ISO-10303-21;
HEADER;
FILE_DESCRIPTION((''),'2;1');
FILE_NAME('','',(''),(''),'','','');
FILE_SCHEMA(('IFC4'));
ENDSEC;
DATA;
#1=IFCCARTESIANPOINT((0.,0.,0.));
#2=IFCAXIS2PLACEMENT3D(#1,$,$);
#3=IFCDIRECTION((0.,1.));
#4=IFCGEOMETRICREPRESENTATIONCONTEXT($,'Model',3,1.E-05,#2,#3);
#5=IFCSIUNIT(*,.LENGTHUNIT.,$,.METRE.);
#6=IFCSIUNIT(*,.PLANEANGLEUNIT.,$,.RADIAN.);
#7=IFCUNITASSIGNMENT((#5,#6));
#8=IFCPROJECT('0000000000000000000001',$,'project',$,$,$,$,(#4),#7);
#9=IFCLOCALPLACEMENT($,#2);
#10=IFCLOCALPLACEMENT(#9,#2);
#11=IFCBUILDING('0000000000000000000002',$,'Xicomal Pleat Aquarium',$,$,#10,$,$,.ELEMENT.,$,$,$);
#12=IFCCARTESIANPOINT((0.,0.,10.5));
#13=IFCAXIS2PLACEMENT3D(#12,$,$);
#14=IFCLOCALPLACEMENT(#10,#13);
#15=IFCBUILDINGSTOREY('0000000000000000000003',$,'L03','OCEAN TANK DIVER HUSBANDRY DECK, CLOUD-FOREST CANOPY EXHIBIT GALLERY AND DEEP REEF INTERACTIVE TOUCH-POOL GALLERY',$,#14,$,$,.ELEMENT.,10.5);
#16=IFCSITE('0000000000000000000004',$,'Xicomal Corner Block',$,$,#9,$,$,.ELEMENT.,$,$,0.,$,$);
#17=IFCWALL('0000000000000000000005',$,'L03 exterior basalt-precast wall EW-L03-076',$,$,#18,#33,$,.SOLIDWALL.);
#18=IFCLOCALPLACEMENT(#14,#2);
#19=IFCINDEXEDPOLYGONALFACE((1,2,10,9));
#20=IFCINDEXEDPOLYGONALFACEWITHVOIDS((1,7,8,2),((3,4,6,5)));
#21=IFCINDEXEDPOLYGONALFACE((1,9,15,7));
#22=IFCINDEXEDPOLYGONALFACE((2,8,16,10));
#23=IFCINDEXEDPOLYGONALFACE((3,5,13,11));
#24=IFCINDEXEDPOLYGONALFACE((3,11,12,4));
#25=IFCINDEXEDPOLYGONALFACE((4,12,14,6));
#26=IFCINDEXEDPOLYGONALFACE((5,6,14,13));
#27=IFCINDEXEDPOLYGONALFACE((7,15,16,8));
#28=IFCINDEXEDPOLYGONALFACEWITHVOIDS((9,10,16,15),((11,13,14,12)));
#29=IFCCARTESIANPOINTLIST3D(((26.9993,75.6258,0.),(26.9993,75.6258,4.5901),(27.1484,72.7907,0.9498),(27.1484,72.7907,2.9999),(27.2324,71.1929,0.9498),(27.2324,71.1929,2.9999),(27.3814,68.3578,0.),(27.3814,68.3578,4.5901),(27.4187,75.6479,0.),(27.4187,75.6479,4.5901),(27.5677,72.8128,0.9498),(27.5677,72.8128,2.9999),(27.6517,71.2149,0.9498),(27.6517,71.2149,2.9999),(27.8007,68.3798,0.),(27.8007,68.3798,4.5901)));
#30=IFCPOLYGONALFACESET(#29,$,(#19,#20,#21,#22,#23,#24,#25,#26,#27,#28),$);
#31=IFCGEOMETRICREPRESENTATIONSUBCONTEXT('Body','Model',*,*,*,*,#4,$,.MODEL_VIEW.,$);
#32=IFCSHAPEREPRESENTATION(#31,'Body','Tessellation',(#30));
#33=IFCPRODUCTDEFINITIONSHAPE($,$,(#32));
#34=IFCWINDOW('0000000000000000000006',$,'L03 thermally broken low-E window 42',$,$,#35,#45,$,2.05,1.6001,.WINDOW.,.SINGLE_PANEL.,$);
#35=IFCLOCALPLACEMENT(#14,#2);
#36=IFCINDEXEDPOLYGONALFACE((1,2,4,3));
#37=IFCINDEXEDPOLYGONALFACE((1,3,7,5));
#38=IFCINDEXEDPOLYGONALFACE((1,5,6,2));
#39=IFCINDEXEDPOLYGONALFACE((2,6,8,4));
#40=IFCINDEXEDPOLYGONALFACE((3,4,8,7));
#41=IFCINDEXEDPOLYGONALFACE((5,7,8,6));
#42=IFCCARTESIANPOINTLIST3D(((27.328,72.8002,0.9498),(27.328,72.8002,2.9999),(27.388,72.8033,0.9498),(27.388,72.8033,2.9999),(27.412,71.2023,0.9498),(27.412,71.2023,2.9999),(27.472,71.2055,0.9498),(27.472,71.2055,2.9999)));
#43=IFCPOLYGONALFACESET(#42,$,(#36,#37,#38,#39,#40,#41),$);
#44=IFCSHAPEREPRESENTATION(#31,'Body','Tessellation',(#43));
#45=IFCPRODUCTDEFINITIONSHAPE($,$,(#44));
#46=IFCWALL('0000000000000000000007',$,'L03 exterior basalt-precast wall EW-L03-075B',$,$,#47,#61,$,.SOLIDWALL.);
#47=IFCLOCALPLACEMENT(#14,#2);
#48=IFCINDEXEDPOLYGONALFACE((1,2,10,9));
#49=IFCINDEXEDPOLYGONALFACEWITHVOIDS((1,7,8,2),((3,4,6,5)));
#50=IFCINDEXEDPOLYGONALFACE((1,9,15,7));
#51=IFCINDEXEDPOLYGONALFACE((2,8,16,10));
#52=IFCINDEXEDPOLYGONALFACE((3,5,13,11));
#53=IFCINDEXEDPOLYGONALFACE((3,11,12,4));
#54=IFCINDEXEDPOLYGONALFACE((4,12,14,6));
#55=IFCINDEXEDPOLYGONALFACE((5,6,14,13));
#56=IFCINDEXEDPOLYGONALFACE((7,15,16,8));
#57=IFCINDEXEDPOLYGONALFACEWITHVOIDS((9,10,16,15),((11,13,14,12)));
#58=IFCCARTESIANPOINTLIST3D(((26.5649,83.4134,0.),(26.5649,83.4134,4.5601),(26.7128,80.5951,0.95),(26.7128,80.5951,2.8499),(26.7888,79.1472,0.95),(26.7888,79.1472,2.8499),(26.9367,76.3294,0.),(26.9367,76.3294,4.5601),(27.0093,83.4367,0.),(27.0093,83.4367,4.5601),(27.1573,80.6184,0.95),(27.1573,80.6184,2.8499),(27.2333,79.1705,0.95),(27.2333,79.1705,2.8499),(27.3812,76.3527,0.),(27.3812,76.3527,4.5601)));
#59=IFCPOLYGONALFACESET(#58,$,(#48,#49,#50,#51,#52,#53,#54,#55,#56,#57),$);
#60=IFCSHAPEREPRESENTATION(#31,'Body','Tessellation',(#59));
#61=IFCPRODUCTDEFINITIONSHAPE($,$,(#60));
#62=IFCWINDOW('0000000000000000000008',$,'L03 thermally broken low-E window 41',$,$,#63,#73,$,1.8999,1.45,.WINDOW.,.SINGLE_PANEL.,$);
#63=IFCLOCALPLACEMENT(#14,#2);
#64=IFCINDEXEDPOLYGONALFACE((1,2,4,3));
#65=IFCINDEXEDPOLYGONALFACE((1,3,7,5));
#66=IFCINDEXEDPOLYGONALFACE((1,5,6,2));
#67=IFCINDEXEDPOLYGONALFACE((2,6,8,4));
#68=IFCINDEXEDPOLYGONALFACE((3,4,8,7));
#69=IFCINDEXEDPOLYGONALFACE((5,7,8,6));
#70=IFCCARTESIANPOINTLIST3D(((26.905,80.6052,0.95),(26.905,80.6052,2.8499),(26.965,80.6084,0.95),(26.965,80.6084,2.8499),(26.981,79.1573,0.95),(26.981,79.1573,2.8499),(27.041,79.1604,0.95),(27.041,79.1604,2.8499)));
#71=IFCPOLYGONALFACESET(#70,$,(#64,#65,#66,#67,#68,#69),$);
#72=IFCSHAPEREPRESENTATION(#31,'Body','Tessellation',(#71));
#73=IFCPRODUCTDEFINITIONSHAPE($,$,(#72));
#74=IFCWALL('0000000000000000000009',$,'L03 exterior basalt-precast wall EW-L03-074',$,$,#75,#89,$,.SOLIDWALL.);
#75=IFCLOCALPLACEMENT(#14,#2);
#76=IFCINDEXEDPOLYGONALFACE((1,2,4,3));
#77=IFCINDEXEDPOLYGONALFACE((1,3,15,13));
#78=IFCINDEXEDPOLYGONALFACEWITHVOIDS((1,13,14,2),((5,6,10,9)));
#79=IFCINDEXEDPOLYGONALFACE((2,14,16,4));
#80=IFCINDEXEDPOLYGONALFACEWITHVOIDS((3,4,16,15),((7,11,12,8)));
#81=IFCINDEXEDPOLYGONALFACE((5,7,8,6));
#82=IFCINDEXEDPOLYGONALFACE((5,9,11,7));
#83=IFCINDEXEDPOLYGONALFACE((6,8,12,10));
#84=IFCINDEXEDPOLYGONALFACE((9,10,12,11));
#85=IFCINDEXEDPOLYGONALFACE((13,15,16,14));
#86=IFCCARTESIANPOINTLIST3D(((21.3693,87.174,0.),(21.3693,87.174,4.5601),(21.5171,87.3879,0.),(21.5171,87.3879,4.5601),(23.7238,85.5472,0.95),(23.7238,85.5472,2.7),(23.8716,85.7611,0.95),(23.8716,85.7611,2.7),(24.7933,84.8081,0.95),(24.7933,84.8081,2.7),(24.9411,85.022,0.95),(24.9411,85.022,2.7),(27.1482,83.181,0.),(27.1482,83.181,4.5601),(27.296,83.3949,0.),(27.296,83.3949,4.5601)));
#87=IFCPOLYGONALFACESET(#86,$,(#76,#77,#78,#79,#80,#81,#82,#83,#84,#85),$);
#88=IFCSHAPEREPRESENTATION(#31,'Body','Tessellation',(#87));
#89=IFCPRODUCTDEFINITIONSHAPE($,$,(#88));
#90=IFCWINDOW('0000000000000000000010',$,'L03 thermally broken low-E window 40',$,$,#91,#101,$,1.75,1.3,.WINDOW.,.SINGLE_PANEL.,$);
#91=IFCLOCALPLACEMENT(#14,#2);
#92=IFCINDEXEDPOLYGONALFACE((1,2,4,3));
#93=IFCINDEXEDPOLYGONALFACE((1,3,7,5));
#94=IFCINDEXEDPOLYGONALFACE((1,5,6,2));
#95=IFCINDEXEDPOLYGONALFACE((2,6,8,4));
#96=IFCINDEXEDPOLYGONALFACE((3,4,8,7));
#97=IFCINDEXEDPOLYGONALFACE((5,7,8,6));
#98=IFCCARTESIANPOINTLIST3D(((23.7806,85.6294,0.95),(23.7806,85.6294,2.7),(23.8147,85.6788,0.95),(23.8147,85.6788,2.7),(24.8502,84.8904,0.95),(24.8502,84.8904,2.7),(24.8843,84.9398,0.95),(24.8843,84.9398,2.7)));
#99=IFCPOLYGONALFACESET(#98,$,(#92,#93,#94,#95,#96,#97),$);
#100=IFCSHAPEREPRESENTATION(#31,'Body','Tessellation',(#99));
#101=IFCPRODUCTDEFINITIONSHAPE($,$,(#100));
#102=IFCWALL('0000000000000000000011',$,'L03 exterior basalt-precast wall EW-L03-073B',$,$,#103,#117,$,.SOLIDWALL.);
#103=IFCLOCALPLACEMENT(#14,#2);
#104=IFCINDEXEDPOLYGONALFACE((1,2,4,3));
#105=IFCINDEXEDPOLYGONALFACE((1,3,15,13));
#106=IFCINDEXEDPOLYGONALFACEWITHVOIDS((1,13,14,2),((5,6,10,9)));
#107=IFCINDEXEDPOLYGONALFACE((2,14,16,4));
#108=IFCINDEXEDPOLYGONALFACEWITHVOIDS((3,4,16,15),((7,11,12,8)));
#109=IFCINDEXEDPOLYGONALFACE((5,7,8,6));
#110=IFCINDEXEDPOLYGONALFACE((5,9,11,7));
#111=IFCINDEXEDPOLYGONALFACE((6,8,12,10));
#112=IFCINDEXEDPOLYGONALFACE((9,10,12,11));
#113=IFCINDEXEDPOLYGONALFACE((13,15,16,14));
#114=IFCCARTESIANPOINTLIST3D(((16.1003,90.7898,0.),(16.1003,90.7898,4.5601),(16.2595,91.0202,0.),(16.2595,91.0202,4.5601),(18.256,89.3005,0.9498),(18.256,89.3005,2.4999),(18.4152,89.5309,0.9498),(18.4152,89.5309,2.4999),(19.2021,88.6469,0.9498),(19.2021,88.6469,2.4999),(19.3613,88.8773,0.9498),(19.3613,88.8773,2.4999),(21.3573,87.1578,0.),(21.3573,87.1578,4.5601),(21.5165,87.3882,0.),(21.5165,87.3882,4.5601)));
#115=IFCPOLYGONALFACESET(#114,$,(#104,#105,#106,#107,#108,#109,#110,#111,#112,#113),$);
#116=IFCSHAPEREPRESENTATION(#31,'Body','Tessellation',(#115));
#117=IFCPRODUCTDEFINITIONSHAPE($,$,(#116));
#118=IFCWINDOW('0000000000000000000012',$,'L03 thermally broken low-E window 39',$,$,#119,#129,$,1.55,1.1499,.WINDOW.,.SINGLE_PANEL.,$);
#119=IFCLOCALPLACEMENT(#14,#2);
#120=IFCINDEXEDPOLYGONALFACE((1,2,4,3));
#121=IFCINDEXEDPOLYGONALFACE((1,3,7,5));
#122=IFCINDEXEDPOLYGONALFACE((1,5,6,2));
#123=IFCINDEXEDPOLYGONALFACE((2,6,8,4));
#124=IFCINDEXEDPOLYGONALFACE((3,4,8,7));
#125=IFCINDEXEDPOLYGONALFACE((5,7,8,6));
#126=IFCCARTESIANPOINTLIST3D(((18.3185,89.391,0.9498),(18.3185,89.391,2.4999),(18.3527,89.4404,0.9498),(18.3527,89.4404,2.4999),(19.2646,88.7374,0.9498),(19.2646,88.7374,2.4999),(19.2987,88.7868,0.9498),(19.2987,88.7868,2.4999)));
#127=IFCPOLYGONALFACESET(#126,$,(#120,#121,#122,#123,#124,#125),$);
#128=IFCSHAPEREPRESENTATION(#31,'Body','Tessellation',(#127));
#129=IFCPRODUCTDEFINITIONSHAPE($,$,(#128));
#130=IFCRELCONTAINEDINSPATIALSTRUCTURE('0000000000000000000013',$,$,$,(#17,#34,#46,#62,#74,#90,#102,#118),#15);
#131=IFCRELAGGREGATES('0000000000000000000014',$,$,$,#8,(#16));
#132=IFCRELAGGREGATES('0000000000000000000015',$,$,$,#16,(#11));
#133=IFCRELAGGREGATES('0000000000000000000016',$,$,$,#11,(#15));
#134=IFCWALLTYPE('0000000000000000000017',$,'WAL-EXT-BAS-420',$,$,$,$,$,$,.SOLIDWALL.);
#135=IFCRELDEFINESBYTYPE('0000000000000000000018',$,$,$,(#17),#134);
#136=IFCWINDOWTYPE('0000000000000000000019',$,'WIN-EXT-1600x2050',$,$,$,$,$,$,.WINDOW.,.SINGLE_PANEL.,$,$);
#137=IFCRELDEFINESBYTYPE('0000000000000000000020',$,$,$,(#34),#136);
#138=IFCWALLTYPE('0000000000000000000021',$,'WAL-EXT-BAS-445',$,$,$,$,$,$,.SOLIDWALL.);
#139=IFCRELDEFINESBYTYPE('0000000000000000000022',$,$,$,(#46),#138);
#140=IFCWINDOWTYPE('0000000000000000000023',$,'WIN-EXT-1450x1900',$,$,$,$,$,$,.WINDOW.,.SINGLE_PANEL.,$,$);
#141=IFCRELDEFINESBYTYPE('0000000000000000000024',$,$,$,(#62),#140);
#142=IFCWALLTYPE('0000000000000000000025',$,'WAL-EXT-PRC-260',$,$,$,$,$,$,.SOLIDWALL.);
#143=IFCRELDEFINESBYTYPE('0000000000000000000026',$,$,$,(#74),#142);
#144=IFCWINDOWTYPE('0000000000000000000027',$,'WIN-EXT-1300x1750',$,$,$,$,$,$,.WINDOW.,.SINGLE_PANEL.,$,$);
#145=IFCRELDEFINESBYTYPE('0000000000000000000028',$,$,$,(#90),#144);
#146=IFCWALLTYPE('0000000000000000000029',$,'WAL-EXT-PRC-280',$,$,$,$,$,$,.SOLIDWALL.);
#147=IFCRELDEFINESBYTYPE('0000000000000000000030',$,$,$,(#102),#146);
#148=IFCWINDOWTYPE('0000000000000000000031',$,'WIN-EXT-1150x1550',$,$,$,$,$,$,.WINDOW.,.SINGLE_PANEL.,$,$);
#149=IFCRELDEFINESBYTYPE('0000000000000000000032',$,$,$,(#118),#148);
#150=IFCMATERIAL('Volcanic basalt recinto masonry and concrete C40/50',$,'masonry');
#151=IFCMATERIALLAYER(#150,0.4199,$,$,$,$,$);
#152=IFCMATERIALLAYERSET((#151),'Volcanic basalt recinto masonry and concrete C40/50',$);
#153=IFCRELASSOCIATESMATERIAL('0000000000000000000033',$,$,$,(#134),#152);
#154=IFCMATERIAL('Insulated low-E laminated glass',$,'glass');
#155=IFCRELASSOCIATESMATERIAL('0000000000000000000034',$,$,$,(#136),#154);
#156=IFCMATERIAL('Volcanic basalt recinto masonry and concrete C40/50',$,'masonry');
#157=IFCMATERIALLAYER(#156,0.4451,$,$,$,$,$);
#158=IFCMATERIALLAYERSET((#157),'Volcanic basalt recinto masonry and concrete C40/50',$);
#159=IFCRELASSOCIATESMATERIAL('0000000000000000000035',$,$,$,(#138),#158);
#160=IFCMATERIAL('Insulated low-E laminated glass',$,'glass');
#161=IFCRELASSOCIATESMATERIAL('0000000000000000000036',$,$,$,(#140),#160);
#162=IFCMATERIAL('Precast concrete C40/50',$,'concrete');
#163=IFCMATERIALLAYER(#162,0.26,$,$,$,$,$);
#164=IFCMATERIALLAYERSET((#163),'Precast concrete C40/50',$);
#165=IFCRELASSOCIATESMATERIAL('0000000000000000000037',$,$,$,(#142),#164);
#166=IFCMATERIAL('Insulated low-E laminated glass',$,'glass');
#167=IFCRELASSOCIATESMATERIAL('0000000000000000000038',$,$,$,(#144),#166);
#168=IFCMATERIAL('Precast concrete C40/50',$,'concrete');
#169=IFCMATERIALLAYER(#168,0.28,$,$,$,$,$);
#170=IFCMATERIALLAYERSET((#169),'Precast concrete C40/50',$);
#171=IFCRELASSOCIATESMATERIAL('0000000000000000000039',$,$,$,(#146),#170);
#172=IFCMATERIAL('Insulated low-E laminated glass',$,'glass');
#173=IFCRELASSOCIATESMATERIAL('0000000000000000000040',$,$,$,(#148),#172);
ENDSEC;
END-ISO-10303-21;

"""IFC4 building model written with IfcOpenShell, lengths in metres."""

from ifc_helpers import new_model, si_unit, direction, frame, frame_2d, origin, place, context, subcontext, project, spatial, rectangle, extrude, material, layer, layer_set, type_object, element, fill, save


model = new_model("IFC4")

# Units and contexts
model_context = context("Model", 3, precision=1e-05, world=origin(), true_north=direction((0.0, 1.0)))
body_context = subcontext(model_context, "Body", "Model", "MODEL_VIEW")
ifc_project = project(units=[si_unit("LENGTHUNIT", "METRE"), si_unit("PLANEANGLEUNIT", "RADIAN")], contexts=[model_context])

# Site, building, storey
site_placement = place(None, origin())
site = spatial("IfcSite", under=ifc_project, at=site_placement, Name="Xicomal Corner Block", CompositionType="ELEMENT", RefElevation=0.0)
building_placement = place(site_placement, origin())
building = spatial("IfcBuilding", under=site, at=building_placement, Name="Xicomal Pleat Aquarium", CompositionType="ELEMENT")
storey_placement = place(building_placement, frame((0.0, 0.0, 10.5)))
storey = spatial("IfcBuildingStorey", under=building, at=storey_placement, Name="L03", Description="OCEAN TANK DIVER HUSBANDRY DECK, CLOUD-FOREST CANOPY EXHIBIT GALLERY AND DEEP REEF INTERACTIVE TOUCH-POOL GALLERY", CompositionType="ELEMENT", Elevation=10.5)

# Walls, openings, windows
ifc_material_1 = material(Name="Volcanic basalt recinto masonry and concrete C40/50", Category="masonry")
ifc_layer_1 = layer(ifc_material_1, 0.4199)
ifc_layer_set_1 = layer_set([ifc_layer_1], Name="Volcanic basalt recinto masonry and concrete C40/50")
wall_type_1 = type_object("IfcWallType", Name="WAL-EXT-BAS-420", PredefinedType="SOLIDWALL", material=ifc_layer_set_1)
wall_1_placement = place(storey_placement, frame((27.209, 75.637, 0.0), z_axis=(0.0, 0.0, 1.0), x_axis=(0.052497, -0.998621, 0.0)))
wall_1 = element("IfcWall", 1, at=wall_1_placement, inside=storey, type_object=wall_type_1, Name="L03 exterior basalt-precast wall EW-L03-076", PredefinedType="SOLIDWALL", context=body_context, shape_type="SweptSolid", body=[
    extrude(rectangle(XDim=7.2781, YDim=0.4199, at=frame_2d((3.6392, 0.0))), origin(), (0.0, 0.0, 1.0), 4.5901),
])
opening_1_placement = place(wall_1_placement, frame((2.8391, 0.0, 0.95)))
opening_1 = element("IfcOpeningElement", 2, at=opening_1_placement, cuts=wall_1, PredefinedType="OPENING", context=body_context, shape_type="SweptSolid", body=[
    extrude(rectangle(XDim=1.6001, YDim=2.05, at=frame_2d((0.8, 1.0249))), frame((0.0, 0.22, 0.0), z_axis=(0.0, -1.0, 0.0), x_axis=(1.0, 0.0, 0.0)), (0.0, 0.0, 1.0), 0.4399),
])
ifc_material_2 = material(Name="Insulated low-E laminated glass", Category="glass")
window_type_1 = type_object("IfcWindowType", Name="WIN-EXT-1600x2050", PartitioningType="SINGLE_PANEL", PredefinedType="WINDOW", material=ifc_material_2)
window_1_placement = place(opening_1_placement, origin())
window_1 = element("IfcWindow", 3, at=window_1_placement, inside=storey, type_object=window_type_1, Name="L03 thermally broken low-E window 42", OverallHeight=2.05, OverallWidth=1.6001, PartitioningType="SINGLE_PANEL", PredefinedType="WINDOW", context=body_context, shape_type="SweptSolid", body=[
    extrude(rectangle(XDim=1.6001, YDim=2.05, at=frame_2d((0.8, 1.0249))), frame((0.0, 0.03, 0.0), z_axis=(0.0, -1.0, 0.0), x_axis=(1.0, 0.0, 0.0)), (0.0, 0.0, 1.0), 0.0601),
])
fill(opening_1, window_1)
ifc_material_3 = material(Name="Volcanic basalt recinto masonry and concrete C40/50", Category="masonry")
ifc_layer_2 = layer(ifc_material_3, 0.4451)
ifc_layer_set_2 = layer_set([ifc_layer_2], Name="Volcanic basalt recinto masonry and concrete C40/50")
wall_type_2 = type_object("IfcWallType", Name="WAL-EXT-BAS-445", PredefinedType="SOLIDWALL", material=ifc_layer_set_2)
wall_2_placement = place(storey_placement, frame((26.7871, 83.425, 0.0), z_axis=(0.0, 0.0, 1.0), x_axis=(0.052416, -0.998625, 0.0)))
wall_2 = element("IfcWall", 4, at=wall_2_placement, inside=storey, type_object=wall_type_2, Name="L03 exterior basalt-precast wall EW-L03-075B", PredefinedType="SOLIDWALL", context=body_context, shape_type="SweptSolid", body=[
    extrude(rectangle(XDim=7.0938, YDim=0.4451, at=frame_2d((3.5469, 0.0))), origin(), (0.0, 0.0, 1.0), 4.5601),
])
opening_2_placement = place(wall_2_placement, frame((2.822, 0.0, 0.95)))
opening_2 = element("IfcOpeningElement", 5, at=opening_2_placement, cuts=wall_2, PredefinedType="OPENING", context=body_context, shape_type="SweptSolid", body=[
    extrude(rectangle(XDim=1.45, YDim=1.8999, at=frame_2d((0.7251, 0.95))), frame((0.0, 0.2324, 0.0), z_axis=(0.0, -1.0, 0.0), x_axis=(1.0, 0.0, 0.0)), (0.0, 0.0, 1.0), 0.4651),
])
ifc_material_4 = material(Name="Insulated low-E laminated glass", Category="glass")
window_type_2 = type_object("IfcWindowType", Name="WIN-EXT-1450x1900", PartitioningType="SINGLE_PANEL", PredefinedType="WINDOW", material=ifc_material_4)
window_2_placement = place(opening_2_placement, origin())
window_2 = element("IfcWindow", 6, at=window_2_placement, inside=storey, type_object=window_type_2, Name="L03 thermally broken low-E window 41", OverallHeight=1.8999, OverallWidth=1.45, PartitioningType="SINGLE_PANEL", PredefinedType="WINDOW", context=body_context, shape_type="SweptSolid", body=[
    extrude(rectangle(XDim=1.45, YDim=1.8999, at=frame_2d((0.7251, 0.95))), frame((0.0, 0.03, 0.0), z_axis=(0.0, -1.0, 0.0), x_axis=(1.0, 0.0, 0.0)), (0.0, 0.0, 1.0), 0.0601),
])
fill(opening_2, window_2)
ifc_material_5 = material(Name="Precast concrete C40/50", Category="concrete")
ifc_layer_3 = layer(ifc_material_5, 0.26)
ifc_layer_set_3 = layer_set([ifc_layer_3], Name="Precast concrete C40/50")
wall_type_3 = type_object("IfcWallType", Name="WAL-EXT-PRC-260", PredefinedType="SOLIDWALL", material=ifc_layer_set_3)
wall_3_placement = place(storey_placement, frame((21.4431, 87.281, 0.0), z_axis=(0.0, 0.0, 1.0), x_axis=(0.822711, -0.56846, 0.0)))
wall_3 = element("IfcWall", 7, at=wall_3_placement, inside=storey, type_object=wall_type_3, Name="L03 exterior basalt-precast wall EW-L03-074", PredefinedType="SOLIDWALL", context=body_context, shape_type="SweptSolid", body=[
    extrude(rectangle(XDim=7.0242, YDim=0.26, at=frame_2d((3.5122, 0.0))), origin(), (0.0, 0.0, 1.0), 4.5601),
])
opening_3_placement = place(wall_3_placement, frame((2.8621, 0.0, 0.95)))
opening_3 = element("IfcOpeningElement", 8, at=opening_3_placement, cuts=wall_3, PredefinedType="OPENING", context=body_context, shape_type="SweptSolid", body=[
    extrude(rectangle(XDim=1.3, YDim=1.75, at=frame_2d((0.6499, 0.875))), frame((0.0, 0.1399, 0.0), z_axis=(0.0, -1.0, 0.0), x_axis=(1.0, 0.0, 0.0)), (0.0, 0.0, 1.0), 0.28),
])
ifc_material_6 = material(Name="Insulated low-E laminated glass", Category="glass")
window_type_3 = type_object("IfcWindowType", Name="WIN-EXT-1300x1750", PartitioningType="SINGLE_PANEL", PredefinedType="WINDOW", material=ifc_material_6)
window_3_placement = place(opening_3_placement, origin())
window_3 = element("IfcWindow", 9, at=window_3_placement, inside=storey, type_object=window_type_3, Name="L03 thermally broken low-E window 40", OverallHeight=1.75, OverallWidth=1.3, PartitioningType="SINGLE_PANEL", PredefinedType="WINDOW", context=body_context, shape_type="SweptSolid", body=[
    extrude(rectangle(XDim=1.3, YDim=1.75, at=frame_2d((0.6499, 0.875))), frame((0.0, 0.03, 0.0), z_axis=(0.0, -1.0, 0.0), x_axis=(1.0, 0.0, 0.0)), (0.0, 0.0, 1.0), 0.0601),
])
fill(opening_3, window_3)
ifc_material_7 = material(Name="Precast concrete C40/50", Category="concrete")
ifc_layer_4 = layer(ifc_material_7, 0.28)
ifc_layer_set_4 = layer_set([ifc_layer_4], Name="Precast concrete C40/50")
wall_type_4 = type_object("IfcWallType", Name="WAL-EXT-PRC-280", PredefinedType="SOLIDWALL", material=ifc_layer_set_4)
wall_4_placement = place(storey_placement, frame((16.1799, 90.905, 0.0), z_axis=(0.0, 0.0, 1.0), x_axis=(0.822737, -0.568423, 0.0)))
wall_4 = element("IfcWall", 10, at=wall_4_placement, inside=storey, type_object=wall_type_4, Name="L03 exterior basalt-precast wall EW-L03-073B", PredefinedType="SOLIDWALL", context=body_context, shape_type="SweptSolid", body=[
    extrude(rectangle(XDim=6.3896, YDim=0.28, at=frame_2d((3.1948, 0.0))), origin(), (0.0, 0.0, 1.0), 4.5601),
])
opening_4_placement = place(wall_4_placement, frame((2.6201, 0.0, 0.95)))
opening_4 = element("IfcOpeningElement", 11, at=opening_4_placement, cuts=wall_4, PredefinedType="OPENING", context=body_context, shape_type="SweptSolid", body=[
    extrude(rectangle(XDim=1.1499, YDim=1.55, at=frame_2d((0.575, 0.7749))), frame((0.0, 0.1499, 0.0), z_axis=(0.0, -1.0, 0.0), x_axis=(1.0, 0.0, 0.0)), (0.0, 0.0, 1.0), 0.3),
])
ifc_material_8 = material(Name="Insulated low-E laminated glass", Category="glass")
window_type_4 = type_object("IfcWindowType", Name="WIN-EXT-1150x1550", PartitioningType="SINGLE_PANEL", PredefinedType="WINDOW", material=ifc_material_8)
window_4_placement = place(opening_4_placement, origin())
window_4 = element("IfcWindow", 12, at=window_4_placement, inside=storey, type_object=window_type_4, Name="L03 thermally broken low-E window 39", OverallHeight=1.55, OverallWidth=1.1499, PartitioningType="SINGLE_PANEL", PredefinedType="WINDOW", context=body_context, shape_type="SweptSolid", body=[
    extrude(rectangle(XDim=1.1499, YDim=1.55, at=frame_2d((0.575, 0.7749))), frame((0.0, 0.03, 0.0), z_axis=(0.0, -1.0, 0.0), x_axis=(1.0, 0.0, 0.0)), (0.0, 0.0, 1.0), 0.0601),
])
fill(opening_4, window_4)

save(model, "model.ifc")
